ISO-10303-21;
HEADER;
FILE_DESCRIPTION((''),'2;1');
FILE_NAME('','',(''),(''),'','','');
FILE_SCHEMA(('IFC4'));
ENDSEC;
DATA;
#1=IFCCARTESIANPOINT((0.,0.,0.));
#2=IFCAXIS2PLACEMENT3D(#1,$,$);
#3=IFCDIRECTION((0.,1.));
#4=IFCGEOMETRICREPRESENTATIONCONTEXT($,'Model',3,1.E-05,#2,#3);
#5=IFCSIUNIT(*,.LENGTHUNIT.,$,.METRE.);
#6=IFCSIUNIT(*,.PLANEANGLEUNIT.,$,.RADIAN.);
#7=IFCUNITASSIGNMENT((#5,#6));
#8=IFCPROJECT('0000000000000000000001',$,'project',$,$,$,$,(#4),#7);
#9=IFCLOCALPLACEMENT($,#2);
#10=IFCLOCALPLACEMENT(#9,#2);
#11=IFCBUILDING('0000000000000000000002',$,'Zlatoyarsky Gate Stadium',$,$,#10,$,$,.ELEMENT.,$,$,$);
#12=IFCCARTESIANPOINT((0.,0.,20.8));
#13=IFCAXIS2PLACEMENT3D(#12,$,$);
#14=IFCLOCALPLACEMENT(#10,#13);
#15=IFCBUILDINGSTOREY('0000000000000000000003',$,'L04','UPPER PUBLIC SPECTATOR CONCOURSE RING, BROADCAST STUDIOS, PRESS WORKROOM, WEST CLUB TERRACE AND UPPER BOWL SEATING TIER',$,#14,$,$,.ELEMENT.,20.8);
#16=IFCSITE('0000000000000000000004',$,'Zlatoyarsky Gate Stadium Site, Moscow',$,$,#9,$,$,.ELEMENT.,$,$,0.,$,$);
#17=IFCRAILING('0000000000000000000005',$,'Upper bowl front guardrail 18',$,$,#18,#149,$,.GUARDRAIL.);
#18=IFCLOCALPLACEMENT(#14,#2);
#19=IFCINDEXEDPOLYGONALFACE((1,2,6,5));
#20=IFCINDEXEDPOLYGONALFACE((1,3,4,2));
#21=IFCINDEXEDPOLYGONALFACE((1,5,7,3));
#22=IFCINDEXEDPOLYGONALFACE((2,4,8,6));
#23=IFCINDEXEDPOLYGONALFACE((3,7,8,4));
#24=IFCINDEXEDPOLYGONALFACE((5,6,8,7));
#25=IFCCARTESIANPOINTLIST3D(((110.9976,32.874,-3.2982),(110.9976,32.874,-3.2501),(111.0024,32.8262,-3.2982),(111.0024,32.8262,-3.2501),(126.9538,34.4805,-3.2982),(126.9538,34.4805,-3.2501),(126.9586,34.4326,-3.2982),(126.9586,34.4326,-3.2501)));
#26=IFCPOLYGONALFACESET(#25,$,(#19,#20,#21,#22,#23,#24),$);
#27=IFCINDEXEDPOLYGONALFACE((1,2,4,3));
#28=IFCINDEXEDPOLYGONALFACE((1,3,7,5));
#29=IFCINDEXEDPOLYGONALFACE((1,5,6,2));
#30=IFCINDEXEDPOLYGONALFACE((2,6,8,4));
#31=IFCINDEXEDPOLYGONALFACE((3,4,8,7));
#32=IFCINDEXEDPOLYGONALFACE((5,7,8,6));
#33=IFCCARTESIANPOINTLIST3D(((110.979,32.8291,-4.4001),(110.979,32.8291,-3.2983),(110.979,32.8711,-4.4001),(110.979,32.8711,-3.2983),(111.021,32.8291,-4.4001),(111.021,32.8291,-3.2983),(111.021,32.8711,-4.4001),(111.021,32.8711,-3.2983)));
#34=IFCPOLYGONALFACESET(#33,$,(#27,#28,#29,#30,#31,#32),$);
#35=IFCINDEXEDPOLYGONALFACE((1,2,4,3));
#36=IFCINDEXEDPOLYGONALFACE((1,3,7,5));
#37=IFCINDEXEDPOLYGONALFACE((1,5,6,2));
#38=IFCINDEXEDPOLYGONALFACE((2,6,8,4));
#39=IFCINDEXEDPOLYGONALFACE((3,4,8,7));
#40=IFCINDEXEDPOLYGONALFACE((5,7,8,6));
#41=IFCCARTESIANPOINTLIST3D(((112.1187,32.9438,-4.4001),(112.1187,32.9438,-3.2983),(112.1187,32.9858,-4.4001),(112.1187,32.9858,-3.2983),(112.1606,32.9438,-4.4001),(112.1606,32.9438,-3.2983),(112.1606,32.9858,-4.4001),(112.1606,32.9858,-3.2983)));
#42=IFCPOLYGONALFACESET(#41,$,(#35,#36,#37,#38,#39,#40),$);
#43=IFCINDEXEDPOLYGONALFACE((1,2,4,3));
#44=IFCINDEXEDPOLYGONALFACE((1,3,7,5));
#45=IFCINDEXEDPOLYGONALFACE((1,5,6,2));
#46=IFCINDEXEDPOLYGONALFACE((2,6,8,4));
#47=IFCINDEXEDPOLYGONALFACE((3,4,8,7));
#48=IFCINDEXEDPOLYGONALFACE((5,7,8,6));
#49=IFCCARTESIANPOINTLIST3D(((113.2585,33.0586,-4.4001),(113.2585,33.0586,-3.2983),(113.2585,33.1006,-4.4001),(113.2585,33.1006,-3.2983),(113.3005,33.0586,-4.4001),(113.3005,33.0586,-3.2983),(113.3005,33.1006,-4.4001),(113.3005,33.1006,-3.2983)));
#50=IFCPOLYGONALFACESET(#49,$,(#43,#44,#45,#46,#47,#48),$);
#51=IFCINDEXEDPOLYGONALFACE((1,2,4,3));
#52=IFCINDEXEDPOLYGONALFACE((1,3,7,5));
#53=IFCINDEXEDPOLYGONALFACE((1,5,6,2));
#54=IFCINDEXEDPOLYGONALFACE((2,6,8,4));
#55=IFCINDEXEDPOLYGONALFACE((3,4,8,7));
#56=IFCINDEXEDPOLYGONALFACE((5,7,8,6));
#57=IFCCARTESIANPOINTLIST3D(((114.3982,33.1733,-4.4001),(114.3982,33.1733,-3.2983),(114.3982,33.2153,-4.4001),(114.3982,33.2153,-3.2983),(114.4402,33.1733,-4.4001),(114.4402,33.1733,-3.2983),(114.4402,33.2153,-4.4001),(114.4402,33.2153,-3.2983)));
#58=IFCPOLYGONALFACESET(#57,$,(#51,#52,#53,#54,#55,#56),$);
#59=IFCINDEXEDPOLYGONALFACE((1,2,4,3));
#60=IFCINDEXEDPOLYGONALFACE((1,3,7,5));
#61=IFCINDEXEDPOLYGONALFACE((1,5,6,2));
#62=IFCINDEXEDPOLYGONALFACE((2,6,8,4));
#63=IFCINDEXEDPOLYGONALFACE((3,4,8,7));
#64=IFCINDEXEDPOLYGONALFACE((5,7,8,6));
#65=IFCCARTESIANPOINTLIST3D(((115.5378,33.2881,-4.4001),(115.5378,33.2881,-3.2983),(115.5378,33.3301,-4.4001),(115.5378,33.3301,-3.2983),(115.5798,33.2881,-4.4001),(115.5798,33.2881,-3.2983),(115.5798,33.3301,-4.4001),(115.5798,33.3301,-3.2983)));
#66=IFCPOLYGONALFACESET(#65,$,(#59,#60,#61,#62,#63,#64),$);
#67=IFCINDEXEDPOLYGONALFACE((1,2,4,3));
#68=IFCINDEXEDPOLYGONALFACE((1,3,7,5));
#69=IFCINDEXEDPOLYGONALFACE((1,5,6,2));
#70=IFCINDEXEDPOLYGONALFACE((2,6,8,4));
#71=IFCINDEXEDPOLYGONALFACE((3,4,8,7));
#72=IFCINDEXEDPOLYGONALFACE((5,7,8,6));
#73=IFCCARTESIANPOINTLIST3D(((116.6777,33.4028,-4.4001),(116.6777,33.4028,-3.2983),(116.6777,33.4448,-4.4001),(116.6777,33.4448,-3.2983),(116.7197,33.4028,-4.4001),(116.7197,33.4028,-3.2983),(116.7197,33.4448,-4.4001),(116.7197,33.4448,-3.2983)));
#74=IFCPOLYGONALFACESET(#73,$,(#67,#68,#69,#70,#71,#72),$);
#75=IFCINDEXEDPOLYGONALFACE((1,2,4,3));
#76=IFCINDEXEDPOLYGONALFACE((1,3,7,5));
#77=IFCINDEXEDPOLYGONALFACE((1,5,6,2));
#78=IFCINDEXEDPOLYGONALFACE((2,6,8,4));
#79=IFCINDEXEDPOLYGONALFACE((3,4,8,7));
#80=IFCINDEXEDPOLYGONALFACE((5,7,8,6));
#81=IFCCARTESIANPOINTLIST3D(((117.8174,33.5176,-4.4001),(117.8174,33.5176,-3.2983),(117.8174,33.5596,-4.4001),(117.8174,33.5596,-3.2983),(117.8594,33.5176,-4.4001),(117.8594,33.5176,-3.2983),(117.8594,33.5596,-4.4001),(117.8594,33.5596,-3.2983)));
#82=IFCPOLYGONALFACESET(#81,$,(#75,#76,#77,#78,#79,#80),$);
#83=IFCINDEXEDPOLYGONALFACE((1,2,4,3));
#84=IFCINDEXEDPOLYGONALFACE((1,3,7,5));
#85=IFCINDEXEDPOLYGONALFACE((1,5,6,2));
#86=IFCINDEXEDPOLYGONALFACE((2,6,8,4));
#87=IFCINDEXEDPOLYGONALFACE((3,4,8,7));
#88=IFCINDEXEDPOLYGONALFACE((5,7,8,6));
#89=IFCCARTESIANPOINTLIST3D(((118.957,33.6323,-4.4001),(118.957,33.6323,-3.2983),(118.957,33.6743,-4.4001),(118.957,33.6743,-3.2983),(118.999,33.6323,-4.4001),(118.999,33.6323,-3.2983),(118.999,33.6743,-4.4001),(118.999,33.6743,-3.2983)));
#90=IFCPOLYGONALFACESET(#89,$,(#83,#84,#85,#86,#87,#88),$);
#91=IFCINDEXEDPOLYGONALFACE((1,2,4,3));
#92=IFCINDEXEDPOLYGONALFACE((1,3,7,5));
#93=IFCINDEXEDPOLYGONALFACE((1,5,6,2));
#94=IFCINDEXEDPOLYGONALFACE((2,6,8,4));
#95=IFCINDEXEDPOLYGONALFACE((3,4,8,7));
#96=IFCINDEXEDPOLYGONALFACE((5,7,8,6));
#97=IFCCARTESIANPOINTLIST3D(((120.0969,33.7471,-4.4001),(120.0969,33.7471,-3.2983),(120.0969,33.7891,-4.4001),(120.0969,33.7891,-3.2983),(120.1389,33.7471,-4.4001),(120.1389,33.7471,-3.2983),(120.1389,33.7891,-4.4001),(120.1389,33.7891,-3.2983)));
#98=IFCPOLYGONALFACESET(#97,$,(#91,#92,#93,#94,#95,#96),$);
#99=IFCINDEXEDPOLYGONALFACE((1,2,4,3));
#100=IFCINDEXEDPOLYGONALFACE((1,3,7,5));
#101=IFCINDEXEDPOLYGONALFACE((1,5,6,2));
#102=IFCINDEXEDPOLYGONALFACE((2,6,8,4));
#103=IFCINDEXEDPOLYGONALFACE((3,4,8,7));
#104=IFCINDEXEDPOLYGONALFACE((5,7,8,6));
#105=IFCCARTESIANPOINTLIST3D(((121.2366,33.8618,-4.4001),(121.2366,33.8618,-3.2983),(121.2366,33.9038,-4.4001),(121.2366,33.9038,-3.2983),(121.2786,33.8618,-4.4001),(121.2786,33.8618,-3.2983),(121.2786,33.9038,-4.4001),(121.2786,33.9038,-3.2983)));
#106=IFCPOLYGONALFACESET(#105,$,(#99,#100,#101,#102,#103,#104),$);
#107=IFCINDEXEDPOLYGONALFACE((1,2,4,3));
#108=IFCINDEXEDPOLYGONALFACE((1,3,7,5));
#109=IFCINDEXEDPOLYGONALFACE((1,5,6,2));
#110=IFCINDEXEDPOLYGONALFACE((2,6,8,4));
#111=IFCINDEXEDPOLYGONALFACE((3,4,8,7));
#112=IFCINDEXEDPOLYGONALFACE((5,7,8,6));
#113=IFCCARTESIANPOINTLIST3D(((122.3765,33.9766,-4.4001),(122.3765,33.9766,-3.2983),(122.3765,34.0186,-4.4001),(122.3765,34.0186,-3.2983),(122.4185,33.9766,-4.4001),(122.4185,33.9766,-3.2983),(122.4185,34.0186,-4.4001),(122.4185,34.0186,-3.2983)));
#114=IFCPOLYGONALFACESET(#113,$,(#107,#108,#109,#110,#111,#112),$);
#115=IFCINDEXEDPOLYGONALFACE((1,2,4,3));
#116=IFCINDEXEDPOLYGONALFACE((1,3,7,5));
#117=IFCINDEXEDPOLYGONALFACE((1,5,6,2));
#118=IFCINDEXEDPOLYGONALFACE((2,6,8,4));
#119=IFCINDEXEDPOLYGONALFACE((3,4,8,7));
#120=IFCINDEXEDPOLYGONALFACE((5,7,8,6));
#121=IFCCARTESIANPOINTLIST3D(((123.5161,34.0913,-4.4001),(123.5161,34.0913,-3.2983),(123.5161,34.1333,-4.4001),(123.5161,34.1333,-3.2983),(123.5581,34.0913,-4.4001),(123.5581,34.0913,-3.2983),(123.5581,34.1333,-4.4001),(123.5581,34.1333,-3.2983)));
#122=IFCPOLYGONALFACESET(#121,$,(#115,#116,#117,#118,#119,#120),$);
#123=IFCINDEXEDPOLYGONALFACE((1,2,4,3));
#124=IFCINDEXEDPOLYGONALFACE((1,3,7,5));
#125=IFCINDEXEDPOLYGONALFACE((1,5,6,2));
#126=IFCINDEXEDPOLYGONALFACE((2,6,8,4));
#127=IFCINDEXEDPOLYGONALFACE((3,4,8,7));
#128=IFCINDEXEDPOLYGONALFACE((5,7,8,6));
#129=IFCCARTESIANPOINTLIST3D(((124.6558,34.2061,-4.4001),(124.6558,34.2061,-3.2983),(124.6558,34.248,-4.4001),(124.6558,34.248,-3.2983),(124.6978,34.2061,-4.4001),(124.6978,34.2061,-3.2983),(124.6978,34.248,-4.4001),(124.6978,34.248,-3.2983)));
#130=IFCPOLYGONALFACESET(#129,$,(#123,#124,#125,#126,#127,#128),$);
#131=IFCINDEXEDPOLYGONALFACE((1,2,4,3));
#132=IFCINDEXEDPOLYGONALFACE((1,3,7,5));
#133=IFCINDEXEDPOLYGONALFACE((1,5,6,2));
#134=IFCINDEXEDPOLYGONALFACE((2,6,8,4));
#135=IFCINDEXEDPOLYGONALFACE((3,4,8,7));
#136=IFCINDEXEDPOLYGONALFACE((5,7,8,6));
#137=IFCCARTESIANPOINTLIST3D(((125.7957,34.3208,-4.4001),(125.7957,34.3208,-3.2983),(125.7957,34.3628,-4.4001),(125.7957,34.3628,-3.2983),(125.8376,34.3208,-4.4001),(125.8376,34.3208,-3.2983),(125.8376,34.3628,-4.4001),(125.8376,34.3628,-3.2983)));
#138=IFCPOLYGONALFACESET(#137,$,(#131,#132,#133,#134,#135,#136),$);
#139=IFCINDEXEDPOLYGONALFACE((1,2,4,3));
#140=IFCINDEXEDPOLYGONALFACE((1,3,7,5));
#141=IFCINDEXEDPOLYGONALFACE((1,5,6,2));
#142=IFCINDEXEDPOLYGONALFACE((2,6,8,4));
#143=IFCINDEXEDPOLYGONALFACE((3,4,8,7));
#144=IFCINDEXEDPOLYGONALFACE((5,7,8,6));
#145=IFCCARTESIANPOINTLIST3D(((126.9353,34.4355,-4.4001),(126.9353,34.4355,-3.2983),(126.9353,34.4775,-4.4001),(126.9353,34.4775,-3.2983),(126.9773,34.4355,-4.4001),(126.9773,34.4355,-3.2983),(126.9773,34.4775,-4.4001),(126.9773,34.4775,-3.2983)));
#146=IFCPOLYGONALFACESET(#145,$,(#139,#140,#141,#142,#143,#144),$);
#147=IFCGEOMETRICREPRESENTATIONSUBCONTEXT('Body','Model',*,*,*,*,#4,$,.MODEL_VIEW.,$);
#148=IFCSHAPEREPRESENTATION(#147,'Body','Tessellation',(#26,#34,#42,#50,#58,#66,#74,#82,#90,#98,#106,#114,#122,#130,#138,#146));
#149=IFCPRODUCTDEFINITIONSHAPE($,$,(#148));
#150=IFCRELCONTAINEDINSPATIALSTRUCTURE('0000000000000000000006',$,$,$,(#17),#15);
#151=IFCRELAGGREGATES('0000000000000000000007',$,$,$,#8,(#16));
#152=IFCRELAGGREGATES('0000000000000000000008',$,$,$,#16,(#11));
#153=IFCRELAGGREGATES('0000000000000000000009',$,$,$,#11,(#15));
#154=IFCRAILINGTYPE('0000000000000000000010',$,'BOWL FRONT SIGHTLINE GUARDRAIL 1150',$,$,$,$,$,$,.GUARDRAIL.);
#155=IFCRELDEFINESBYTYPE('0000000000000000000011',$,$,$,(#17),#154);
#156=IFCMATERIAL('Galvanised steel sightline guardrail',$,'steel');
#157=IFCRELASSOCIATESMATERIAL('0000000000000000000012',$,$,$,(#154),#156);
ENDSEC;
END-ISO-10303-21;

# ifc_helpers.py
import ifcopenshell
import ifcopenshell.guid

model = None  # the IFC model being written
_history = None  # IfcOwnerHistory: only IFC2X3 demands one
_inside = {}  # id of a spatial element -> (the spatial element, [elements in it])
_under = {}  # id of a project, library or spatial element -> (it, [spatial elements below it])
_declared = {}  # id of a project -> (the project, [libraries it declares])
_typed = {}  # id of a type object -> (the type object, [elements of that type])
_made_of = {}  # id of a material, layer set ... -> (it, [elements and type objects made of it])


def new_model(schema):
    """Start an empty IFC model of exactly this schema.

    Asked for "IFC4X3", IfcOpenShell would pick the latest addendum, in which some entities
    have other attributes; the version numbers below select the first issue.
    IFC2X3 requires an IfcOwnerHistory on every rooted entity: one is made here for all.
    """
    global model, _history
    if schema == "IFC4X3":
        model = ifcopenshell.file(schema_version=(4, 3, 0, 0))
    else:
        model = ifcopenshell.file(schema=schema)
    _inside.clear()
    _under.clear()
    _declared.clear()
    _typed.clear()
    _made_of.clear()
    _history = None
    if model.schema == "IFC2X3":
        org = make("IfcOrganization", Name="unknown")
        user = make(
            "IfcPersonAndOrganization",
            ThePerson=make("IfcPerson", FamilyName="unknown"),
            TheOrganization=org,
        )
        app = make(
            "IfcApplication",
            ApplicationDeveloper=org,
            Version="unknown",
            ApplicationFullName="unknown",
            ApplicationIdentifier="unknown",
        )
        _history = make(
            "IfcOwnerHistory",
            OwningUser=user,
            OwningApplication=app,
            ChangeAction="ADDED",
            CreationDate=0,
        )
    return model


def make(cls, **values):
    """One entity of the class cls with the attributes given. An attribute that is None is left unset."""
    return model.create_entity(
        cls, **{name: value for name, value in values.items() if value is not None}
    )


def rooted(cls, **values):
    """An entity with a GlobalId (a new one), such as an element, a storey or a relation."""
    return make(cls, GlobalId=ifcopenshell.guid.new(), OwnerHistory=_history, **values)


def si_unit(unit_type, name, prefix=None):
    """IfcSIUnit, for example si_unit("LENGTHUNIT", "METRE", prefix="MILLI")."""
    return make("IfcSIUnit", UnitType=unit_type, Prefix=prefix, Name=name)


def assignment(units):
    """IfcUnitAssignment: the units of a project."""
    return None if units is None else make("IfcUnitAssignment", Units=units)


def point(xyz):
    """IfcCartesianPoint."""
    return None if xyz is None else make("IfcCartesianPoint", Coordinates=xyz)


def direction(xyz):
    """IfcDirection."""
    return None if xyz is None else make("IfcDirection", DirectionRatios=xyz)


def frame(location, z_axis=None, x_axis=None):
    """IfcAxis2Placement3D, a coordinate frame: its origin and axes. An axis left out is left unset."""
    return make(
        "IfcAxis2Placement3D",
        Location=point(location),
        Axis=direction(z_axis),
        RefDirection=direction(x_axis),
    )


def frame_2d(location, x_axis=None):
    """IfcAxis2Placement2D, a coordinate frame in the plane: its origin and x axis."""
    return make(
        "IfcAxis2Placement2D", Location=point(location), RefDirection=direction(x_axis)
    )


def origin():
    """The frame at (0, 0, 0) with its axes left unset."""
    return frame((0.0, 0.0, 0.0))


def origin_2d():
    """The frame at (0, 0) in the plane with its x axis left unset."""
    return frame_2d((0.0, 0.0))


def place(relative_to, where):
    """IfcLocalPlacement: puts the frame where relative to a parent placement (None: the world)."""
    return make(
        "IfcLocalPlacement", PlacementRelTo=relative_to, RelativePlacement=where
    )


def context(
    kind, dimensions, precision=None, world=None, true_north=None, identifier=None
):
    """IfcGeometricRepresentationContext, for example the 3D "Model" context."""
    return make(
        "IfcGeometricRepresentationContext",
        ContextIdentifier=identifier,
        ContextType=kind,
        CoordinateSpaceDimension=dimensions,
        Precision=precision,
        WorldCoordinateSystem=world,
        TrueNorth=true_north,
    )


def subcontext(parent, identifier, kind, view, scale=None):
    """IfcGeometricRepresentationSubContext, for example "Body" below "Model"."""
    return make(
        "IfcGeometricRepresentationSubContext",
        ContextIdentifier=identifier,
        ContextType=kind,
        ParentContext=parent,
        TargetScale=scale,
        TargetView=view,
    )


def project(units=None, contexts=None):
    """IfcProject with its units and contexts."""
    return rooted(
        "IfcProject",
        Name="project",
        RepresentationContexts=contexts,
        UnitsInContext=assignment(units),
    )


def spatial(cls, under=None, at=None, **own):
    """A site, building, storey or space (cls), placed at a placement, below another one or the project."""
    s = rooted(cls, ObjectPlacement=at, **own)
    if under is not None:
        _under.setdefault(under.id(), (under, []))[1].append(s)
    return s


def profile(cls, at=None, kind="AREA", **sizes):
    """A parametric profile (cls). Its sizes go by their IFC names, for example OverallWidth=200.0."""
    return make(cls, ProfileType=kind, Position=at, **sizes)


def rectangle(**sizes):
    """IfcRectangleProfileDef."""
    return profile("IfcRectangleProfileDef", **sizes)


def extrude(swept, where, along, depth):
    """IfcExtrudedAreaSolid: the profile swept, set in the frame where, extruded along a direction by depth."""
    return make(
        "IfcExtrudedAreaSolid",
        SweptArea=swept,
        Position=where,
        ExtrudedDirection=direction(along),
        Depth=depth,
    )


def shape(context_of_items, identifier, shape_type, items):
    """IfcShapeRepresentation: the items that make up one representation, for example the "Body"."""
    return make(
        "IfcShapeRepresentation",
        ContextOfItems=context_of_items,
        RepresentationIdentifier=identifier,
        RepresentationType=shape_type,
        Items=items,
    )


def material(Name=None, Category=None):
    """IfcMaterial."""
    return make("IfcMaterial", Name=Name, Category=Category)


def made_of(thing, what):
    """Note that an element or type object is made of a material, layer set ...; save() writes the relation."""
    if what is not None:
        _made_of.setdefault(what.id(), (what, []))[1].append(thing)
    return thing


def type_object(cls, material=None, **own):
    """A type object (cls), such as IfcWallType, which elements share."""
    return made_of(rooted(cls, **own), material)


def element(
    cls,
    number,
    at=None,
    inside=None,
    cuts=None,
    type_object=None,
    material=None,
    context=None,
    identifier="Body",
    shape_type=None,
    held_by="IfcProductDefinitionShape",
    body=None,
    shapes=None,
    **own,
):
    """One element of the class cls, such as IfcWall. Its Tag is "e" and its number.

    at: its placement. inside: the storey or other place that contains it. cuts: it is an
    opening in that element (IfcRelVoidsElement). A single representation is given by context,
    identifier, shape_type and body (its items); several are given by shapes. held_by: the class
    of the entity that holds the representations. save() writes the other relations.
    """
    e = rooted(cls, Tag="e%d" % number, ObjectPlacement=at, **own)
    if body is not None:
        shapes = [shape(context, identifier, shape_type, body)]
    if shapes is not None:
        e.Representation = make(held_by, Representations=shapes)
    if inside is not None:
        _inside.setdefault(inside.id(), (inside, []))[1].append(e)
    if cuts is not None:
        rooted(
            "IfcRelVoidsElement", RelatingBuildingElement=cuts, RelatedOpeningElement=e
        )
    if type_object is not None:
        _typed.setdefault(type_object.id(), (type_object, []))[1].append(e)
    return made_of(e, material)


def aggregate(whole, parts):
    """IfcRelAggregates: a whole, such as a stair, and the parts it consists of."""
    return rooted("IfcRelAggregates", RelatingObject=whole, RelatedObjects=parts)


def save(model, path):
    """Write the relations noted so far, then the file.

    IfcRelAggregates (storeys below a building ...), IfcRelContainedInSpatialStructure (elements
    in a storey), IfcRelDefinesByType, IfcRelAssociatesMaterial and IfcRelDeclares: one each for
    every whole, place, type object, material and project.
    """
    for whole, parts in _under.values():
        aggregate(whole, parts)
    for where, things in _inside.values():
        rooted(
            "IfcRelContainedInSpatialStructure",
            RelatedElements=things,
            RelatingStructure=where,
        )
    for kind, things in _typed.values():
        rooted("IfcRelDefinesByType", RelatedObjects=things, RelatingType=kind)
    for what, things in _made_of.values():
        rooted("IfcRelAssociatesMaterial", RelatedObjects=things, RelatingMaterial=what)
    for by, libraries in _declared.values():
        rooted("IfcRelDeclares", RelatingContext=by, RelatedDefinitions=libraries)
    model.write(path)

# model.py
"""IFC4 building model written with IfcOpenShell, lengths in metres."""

from ifc_helpers import new_model, si_unit, direction, frame, origin, origin_2d, place, context, subcontext, project, spatial, rectangle, extrude, material, type_object, element, save


model = new_model("IFC4")

# Units and contexts
model_context = context("Model", 3, precision=1e-05, world=origin(), true_north=direction((0.0, 1.0)))
body_context = subcontext(model_context, "Body", "Model", "MODEL_VIEW")
ifc_project = project(units=[si_unit("LENGTHUNIT", "METRE"), si_unit("PLANEANGLEUNIT", "RADIAN")], contexts=[model_context])

# Site, building, storey
site_placement = place(None, origin())
site = spatial("IfcSite", under=ifc_project, at=site_placement, Name="Zlatoyarsky Gate Stadium Site, Moscow", CompositionType="ELEMENT", RefElevation=0.0)
building_placement = place(site_placement, origin())
building = spatial("IfcBuilding", under=site, at=building_placement, Name="Zlatoyarsky Gate Stadium", CompositionType="ELEMENT")
storey_placement = place(building_placement, frame((0.0, 0.0, 20.8)))
storey = spatial("IfcBuildingStorey", under=building, at=storey_placement, Name="L04", Description="UPPER PUBLIC SPECTATOR CONCOURSE RING, BROADCAST STUDIOS, PRESS WORKROOM, WEST CLUB TERRACE AND UPPER BOWL SEATING TIER", CompositionType="ELEMENT", Elevation=20.8)

# Railing
ifc_material_1 = material(Name="Galvanised steel sightline guardrail", Category="steel")
railing_type_1 = type_object("IfcRailingType", Name="BOWL FRONT SIGHTLINE GUARDRAIL 1150", PredefinedType="GUARDRAIL", material=ifc_material_1)
railing_1_placement = place(storey_placement, frame((111.0, 32.8501, -4.4001)))
element("IfcRailing", 1, at=railing_1_placement, inside=storey, type_object=railing_type_1, Name="Upper bowl front guardrail 18", PredefinedType="GUARDRAIL", context=body_context, shape_type="SweptSolid", body=[
    extrude(rectangle(XDim=0.0481, YDim=0.0481, at=origin_2d()), frame((0.0, 0.0, 1.126), z_axis=(0.99497, 0.100171, 0.0), x_axis=(-0.100171, 0.99497, 0.0)), (0.0, 0.0, 1.0), 16.0369),
    extrude(rectangle(XDim=0.042, YDim=0.042, at=origin_2d()), origin(), (0.0, 0.0, 1.0), 1.1018),
    extrude(rectangle(XDim=0.042, YDim=0.042, at=origin_2d()), frame((1.1396, 0.1147, 0.0)), (0.0, 0.0, 1.0), 1.1018),
    extrude(rectangle(XDim=0.042, YDim=0.042, at=origin_2d()), frame((2.2795, 0.2295, 0.0)), (0.0, 0.0, 1.0), 1.1018),
    extrude(rectangle(XDim=0.042, YDim=0.042, at=origin_2d()), frame((3.4192, 0.3442, 0.0)), (0.0, 0.0, 1.0), 1.1018),
    extrude(rectangle(XDim=0.042, YDim=0.042, at=origin_2d()), frame((4.5588, 0.459, 0.0)), (0.0, 0.0, 1.0), 1.1018),
    extrude(rectangle(XDim=0.042, YDim=0.042, at=origin_2d()), frame((5.6987, 0.5737, 0.0)), (0.0, 0.0, 1.0), 1.1018),
    extrude(rectangle(XDim=0.042, YDim=0.042, at=origin_2d()), frame((6.8384, 0.6885, 0.0)), (0.0, 0.0, 1.0), 1.1018),
    extrude(rectangle(XDim=0.042, YDim=0.042, at=origin_2d()), frame((7.978, 0.8032, 0.0)), (0.0, 0.0, 1.0), 1.1018),
    extrude(rectangle(XDim=0.042, YDim=0.042, at=origin_2d()), frame((9.1179, 0.918, 0.0)), (0.0, 0.0, 1.0), 1.1018),
    extrude(rectangle(XDim=0.042, YDim=0.042, at=origin_2d()), frame((10.2576, 1.0327, 0.0)), (0.0, 0.0, 1.0), 1.1018),
    extrude(rectangle(XDim=0.042, YDim=0.042, at=origin_2d()), frame((11.3975, 1.1475, 0.0)), (0.0, 0.0, 1.0), 1.1018),
    extrude(rectangle(XDim=0.042, YDim=0.042, at=origin_2d()), frame((12.5371, 1.2622, 0.0)), (0.0, 0.0, 1.0), 1.1018),
    extrude(rectangle(XDim=0.042, YDim=0.042, at=origin_2d()), frame((13.6768, 1.377, 0.0)), (0.0, 0.0, 1.0), 1.1018),
    extrude(rectangle(XDim=0.042, YDim=0.042, at=origin_2d()), frame((14.8167, 1.4917, 0.0)), (0.0, 0.0, 1.0), 1.1018),
    extrude(rectangle(XDim=0.042, YDim=0.042, at=origin_2d()), frame((15.9563, 1.6064, 0.0)), (0.0, 0.0, 1.0), 1.1018),
])

save(model, "model.ifc")
